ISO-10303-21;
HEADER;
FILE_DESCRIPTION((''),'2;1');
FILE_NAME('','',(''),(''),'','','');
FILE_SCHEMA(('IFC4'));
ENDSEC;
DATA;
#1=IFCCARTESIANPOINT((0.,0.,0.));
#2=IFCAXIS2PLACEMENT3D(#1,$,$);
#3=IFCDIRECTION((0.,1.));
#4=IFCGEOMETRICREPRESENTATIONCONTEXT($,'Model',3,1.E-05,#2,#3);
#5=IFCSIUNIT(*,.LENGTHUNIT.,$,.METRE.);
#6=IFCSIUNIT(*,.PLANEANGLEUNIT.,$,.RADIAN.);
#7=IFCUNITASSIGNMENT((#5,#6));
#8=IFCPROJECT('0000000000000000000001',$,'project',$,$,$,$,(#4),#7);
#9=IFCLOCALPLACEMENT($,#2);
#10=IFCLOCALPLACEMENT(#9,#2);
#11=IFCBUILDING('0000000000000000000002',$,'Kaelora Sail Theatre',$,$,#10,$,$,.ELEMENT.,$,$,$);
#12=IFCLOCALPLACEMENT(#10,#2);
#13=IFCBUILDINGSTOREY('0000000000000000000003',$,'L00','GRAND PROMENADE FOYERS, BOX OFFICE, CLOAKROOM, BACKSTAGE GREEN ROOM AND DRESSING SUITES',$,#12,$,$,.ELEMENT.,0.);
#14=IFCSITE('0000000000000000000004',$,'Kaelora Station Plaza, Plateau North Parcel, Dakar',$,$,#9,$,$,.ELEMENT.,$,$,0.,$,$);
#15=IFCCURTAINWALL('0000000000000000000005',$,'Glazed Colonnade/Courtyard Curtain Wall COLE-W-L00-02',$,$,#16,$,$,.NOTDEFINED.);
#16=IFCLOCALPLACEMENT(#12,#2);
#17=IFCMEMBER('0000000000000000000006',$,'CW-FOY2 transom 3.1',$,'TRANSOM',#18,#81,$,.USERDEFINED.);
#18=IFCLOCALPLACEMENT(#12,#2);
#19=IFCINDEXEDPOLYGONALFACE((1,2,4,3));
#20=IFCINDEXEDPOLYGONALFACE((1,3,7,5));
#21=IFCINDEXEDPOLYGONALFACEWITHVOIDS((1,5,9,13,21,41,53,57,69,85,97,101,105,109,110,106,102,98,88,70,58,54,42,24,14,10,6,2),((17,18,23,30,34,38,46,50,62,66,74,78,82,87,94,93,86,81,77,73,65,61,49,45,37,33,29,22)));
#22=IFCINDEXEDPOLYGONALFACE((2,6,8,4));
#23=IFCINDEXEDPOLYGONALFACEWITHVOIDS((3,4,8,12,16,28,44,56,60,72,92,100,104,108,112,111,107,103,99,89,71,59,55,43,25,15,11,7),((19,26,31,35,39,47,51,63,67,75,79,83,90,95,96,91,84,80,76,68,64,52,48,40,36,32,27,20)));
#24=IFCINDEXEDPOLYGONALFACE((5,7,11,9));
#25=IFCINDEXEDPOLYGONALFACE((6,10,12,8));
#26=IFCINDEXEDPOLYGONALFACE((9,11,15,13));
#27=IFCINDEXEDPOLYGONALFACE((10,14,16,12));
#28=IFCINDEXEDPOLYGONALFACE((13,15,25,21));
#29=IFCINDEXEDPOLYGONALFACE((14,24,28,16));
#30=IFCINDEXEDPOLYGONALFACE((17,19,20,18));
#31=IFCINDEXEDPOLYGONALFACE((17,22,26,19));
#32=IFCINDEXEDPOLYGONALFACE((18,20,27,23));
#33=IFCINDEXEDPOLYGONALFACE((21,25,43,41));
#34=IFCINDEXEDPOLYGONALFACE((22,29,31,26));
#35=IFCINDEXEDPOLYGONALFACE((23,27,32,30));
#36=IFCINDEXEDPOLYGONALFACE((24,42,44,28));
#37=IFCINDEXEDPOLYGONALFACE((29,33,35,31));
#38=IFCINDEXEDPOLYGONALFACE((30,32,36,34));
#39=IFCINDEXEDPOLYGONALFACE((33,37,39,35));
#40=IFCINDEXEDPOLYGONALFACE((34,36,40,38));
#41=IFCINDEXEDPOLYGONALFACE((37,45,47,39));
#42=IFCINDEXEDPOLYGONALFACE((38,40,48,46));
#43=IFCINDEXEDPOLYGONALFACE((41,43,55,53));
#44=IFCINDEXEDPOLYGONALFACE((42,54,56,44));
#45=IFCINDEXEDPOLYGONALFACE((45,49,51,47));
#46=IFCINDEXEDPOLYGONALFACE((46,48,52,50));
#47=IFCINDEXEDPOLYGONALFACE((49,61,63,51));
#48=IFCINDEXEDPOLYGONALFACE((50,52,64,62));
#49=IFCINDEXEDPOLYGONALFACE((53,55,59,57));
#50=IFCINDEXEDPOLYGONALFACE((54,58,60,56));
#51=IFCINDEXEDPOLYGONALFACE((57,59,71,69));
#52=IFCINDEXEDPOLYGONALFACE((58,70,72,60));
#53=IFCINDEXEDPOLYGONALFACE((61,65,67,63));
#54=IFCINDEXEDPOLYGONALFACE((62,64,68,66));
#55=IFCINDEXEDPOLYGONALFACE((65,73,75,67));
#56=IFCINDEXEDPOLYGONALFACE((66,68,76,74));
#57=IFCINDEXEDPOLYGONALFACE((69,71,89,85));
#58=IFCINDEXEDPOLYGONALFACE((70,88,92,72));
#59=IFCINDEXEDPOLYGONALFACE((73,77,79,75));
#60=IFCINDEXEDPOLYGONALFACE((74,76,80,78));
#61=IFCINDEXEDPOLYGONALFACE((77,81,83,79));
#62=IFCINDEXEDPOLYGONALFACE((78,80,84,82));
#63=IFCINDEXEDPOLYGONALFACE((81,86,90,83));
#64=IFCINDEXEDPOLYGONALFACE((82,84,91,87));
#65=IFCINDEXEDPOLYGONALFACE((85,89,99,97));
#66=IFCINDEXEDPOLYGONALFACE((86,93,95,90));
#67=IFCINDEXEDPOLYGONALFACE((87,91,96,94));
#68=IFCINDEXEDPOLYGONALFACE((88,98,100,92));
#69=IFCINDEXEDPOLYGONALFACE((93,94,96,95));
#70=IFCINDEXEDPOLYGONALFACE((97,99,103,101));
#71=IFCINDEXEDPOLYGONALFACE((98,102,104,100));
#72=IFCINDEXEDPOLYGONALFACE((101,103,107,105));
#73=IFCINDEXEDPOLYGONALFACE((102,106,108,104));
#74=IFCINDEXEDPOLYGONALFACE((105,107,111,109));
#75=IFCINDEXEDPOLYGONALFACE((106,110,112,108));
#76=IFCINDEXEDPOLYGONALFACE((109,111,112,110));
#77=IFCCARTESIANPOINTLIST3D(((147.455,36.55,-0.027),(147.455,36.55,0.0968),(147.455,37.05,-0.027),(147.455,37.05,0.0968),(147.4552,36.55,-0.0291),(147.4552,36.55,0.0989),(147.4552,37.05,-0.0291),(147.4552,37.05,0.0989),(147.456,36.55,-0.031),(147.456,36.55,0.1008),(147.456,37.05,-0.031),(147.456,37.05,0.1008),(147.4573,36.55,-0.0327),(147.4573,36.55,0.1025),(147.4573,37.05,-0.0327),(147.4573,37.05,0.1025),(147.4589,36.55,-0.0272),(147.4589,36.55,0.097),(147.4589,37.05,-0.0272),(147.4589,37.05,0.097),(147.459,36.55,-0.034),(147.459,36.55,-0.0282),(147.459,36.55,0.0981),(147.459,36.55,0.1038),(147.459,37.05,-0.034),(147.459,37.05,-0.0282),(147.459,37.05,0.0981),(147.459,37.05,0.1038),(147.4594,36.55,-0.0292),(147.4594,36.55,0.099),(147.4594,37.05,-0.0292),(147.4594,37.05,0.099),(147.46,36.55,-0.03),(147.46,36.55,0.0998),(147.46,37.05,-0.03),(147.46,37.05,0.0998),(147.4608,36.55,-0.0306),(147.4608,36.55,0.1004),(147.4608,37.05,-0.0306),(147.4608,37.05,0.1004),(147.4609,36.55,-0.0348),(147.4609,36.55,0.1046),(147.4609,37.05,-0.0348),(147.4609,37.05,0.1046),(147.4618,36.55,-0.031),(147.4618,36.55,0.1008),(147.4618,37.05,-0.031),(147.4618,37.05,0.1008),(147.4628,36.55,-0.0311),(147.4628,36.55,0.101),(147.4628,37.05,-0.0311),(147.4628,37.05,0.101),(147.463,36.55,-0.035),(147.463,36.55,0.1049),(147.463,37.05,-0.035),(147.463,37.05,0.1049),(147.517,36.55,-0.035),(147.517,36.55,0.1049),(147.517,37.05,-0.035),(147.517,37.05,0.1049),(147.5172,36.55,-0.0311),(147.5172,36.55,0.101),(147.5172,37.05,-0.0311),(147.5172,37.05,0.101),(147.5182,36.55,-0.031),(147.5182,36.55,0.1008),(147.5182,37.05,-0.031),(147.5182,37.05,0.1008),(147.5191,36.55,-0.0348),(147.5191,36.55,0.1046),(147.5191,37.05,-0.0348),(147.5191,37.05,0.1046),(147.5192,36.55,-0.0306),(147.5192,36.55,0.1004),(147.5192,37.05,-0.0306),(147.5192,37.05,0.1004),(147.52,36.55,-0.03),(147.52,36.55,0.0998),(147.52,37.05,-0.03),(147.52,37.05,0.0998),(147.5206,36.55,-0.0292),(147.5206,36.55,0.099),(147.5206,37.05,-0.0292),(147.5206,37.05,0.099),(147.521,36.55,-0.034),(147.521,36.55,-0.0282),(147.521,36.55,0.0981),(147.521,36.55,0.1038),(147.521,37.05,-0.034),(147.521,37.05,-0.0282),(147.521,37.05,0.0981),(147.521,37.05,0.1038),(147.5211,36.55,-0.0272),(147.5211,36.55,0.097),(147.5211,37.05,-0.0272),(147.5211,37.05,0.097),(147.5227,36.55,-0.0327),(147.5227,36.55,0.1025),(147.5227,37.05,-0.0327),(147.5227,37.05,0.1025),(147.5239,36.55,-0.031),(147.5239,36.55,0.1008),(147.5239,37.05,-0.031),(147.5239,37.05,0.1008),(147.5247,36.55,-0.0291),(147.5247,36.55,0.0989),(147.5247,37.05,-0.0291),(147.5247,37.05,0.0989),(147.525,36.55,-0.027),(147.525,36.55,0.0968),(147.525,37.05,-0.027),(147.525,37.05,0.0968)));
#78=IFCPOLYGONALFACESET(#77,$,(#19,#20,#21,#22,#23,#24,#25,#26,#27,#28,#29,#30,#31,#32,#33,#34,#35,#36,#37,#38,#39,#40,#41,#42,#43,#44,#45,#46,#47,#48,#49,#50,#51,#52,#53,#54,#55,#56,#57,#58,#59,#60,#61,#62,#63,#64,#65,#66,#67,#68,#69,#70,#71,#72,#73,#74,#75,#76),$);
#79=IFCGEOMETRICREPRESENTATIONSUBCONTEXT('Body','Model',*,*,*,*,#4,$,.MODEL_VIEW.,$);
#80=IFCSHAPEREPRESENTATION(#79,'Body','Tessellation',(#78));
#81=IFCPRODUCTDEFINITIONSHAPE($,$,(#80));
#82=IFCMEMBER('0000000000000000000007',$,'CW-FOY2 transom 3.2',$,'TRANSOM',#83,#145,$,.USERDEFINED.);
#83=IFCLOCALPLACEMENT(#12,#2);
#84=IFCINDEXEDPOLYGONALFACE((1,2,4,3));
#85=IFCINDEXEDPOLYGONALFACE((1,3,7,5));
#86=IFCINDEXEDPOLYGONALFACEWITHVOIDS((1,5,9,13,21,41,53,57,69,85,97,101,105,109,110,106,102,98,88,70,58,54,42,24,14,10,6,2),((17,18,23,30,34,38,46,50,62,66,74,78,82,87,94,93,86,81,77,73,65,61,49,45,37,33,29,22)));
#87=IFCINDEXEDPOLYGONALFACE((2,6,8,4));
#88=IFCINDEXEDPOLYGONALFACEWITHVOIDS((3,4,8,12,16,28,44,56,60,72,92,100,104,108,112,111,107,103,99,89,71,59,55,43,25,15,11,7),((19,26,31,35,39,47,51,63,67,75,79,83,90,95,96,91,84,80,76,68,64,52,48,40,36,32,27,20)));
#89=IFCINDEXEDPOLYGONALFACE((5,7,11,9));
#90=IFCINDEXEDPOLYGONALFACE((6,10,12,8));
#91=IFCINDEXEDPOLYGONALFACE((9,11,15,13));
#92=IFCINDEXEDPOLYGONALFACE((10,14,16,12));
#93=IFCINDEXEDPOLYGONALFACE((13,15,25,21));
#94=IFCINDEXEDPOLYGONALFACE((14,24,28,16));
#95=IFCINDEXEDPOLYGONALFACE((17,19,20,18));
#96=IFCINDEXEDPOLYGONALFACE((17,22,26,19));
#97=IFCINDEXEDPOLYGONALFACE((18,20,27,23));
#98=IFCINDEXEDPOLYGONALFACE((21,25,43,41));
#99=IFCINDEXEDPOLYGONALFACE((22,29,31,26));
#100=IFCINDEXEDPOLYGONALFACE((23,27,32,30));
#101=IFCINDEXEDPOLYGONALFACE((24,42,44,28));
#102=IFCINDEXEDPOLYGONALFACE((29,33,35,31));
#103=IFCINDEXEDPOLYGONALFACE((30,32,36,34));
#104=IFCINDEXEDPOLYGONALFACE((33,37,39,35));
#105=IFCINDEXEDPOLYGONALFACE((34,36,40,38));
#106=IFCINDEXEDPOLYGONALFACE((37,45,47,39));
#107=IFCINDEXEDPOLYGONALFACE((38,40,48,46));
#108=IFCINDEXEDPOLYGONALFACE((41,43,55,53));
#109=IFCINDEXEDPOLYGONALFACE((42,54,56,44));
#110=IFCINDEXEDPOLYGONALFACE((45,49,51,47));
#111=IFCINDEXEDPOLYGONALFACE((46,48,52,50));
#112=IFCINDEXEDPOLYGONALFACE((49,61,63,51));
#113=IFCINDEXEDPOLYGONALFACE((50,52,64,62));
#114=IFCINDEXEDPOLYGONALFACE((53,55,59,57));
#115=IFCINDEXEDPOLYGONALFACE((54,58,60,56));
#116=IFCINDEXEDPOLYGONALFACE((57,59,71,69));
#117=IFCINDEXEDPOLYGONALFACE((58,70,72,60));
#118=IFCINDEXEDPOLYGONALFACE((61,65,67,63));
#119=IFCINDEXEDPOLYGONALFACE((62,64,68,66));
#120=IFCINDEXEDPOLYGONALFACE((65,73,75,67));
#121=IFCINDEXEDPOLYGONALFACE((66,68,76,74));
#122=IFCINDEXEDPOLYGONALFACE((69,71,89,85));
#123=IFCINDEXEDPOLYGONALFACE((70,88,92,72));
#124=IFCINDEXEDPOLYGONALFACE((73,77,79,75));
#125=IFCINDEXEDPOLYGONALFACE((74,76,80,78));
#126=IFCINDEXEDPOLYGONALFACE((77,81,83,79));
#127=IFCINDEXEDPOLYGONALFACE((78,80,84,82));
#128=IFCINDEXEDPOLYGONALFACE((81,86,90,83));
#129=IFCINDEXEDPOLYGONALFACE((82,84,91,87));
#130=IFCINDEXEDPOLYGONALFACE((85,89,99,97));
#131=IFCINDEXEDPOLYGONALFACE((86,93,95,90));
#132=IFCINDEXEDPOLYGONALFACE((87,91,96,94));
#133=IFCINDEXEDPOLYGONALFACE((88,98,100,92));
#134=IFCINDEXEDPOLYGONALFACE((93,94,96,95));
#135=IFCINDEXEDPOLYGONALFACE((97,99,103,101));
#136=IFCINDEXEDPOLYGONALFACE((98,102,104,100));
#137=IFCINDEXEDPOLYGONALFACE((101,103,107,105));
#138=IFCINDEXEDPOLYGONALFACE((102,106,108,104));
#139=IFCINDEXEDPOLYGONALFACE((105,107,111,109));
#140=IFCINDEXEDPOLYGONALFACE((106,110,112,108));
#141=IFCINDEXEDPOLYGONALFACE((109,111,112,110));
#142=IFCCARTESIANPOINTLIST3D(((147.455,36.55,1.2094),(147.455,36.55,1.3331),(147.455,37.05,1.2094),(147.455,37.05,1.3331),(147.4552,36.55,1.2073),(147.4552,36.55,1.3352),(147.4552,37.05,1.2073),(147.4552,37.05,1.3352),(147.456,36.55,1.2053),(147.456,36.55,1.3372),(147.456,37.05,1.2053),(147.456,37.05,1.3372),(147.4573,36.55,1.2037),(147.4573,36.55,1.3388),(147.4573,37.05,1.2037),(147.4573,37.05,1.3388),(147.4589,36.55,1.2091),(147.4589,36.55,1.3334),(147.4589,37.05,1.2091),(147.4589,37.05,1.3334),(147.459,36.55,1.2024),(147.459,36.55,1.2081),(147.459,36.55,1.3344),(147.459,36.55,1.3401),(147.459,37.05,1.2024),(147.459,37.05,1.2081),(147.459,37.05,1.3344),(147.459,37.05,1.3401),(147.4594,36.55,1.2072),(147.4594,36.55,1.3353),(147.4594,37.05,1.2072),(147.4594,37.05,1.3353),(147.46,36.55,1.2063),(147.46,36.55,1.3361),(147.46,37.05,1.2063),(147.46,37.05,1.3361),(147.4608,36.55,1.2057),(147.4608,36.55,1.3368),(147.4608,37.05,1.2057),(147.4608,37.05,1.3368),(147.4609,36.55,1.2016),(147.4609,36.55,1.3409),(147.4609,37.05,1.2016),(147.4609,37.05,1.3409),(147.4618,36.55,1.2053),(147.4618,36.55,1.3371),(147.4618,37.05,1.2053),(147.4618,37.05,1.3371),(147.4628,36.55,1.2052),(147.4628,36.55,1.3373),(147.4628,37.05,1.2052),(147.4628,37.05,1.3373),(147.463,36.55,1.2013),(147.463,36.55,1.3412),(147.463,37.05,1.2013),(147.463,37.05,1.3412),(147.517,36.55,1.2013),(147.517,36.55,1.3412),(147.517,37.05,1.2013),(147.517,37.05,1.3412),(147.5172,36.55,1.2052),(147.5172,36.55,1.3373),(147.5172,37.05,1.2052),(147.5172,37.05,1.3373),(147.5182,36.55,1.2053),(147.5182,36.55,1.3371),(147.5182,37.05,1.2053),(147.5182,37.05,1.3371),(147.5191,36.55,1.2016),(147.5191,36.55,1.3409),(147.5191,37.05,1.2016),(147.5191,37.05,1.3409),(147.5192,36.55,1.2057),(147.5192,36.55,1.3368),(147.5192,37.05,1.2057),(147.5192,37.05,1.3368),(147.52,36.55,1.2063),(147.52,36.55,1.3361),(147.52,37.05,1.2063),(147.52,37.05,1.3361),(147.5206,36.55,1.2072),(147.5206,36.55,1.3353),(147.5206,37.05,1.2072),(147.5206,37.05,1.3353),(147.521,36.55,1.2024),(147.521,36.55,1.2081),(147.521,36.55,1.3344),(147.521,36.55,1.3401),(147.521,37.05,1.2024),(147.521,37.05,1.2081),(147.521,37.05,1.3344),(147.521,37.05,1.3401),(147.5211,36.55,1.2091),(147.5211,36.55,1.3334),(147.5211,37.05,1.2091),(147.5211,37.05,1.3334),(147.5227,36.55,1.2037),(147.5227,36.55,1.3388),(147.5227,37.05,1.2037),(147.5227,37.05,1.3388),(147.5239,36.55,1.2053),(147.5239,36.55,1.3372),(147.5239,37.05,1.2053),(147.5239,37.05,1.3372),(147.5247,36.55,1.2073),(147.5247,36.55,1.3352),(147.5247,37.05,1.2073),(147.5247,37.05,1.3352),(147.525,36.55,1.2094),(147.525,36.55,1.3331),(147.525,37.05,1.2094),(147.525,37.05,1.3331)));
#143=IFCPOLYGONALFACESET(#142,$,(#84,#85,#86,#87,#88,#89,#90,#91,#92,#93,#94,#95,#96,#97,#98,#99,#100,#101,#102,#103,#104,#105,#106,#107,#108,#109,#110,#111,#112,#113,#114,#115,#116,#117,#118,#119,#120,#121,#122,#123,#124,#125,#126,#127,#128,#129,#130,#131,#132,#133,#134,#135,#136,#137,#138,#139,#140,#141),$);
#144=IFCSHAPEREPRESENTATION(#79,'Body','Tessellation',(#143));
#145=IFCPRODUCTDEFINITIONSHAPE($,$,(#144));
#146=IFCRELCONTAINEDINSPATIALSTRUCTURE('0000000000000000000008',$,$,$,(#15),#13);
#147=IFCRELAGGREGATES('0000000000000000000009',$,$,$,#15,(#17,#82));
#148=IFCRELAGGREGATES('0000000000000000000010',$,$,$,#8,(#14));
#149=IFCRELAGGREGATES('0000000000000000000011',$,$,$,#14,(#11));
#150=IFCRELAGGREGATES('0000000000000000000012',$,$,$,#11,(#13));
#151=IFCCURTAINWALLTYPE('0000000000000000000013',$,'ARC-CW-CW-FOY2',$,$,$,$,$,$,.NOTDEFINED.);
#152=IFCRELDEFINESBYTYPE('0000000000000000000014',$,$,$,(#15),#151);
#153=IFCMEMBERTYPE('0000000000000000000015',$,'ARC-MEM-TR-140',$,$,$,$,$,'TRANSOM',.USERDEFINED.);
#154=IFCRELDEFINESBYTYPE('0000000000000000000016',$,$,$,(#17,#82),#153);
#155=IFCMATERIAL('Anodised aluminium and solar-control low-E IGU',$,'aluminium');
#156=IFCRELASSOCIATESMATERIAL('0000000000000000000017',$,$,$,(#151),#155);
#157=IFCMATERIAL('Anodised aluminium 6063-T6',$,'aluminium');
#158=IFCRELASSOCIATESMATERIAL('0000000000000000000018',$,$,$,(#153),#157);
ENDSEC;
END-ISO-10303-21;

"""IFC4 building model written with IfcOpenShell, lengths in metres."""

from ifc_helpers import new_model, si_unit, direction, frame, origin, origin_2d, place, context, subcontext, project, spatial, hollow_rectangle, extrude, material, material_profile, profile_set, type_object, element, aggregate, save


model = new_model("IFC4")

# Units and contexts
model_context = context("Model", 3, precision=1e-05, world=origin(), true_north=direction((0.0, 1.0)))
body_context = subcontext(model_context, "Body", "Model", "MODEL_VIEW")
ifc_project = project(units=[si_unit("LENGTHUNIT", "METRE"), si_unit("PLANEANGLEUNIT", "RADIAN")], contexts=[model_context])

# Site, building, storey
site_placement = place(None, origin())
site = spatial("IfcSite", under=ifc_project, at=site_placement, Name="Kaelora Station Plaza, Plateau North Parcel, Dakar", CompositionType="ELEMENT", RefElevation=0.0)
building_placement = place(site_placement, origin())
building = spatial("IfcBuilding", under=site, at=building_placement, Name="Kaelora Sail Theatre", CompositionType="ELEMENT")
storey_placement = place(building_placement, origin())
storey = spatial("IfcBuildingStorey", under=building, at=storey_placement, Name="L00", Description="GRAND PROMENADE FOYERS, BOX OFFICE, CLOAKROOM, BACKSTAGE GREEN ROOM AND DRESSING SUITES", CompositionType="ELEMENT", Elevation=0.0)

# Shared definitions
ifc_material_1 = material(Name="Anodised aluminium and solar-control low-E IGU", Category="aluminium")
curtain_wall_type = type_object("IfcCurtainWallType", Name="ARC-CW-CW-FOY2", PredefinedType="NOTDEFINED", material=ifc_material_1)

# Curtain wall
curtain_wall_1_placement = place(storey_placement, origin())
curtain_wall_1 = element("IfcCurtainWall", 1, at=curtain_wall_1_placement, inside=storey, type_object=curtain_wall_type, Name="Glazed Colonnade/Courtyard Curtain Wall COLE-W-L00-02", PredefinedType="NOTDEFINED")

# Members
ifc_material_2 = material(Name="Anodised aluminium 6063-T6", Category="aluminium")
ifc_material_profile_1 = material_profile(ifc_material_2, hollow_rectangle(XDim=0.0701, YDim=0.1399, WallThickness=0.0039, InnerFilletRadius=0.0039, OuterFilletRadius=0.0081, at=origin_2d()), Name="ALU-TRAN 70x140x4")
ifc_profile_set_1 = profile_set([ifc_material_profile_1], Name="Anodised aluminium 6063-T6")
member_type_1 = type_object("IfcMemberType", Name="ARC-MEM-TR-140", ElementType="TRANSOM", PredefinedType="USERDEFINED", material=ifc_profile_set_1)
member_1_placement = place(storey_placement, frame((147.49, 36.55, 0.0349), z_axis=(0.0, 1.0, 0.0), x_axis=(-1.0, 0.0, 0.0)))
member_1 = element("IfcMember", 2, at=member_1_placement, type_object=member_type_1, Name="CW-FOY2 transom 3.1", ObjectType="TRANSOM", PredefinedType="USERDEFINED", context=body_context, shape_type="SweptSolid", body=[
    extrude(hollow_rectangle(XDim=0.0701, YDim=0.1399, WallThickness=0.0039, InnerFilletRadius=0.0039, OuterFilletRadius=0.0081, at=origin_2d()), origin(), (0.0, 0.0, 1.0), 0.5),
])
member_2_placement = place(storey_placement, frame((147.49, 36.55, 1.2712), z_axis=(0.0, 1.0, 0.0), x_axis=(-1.0, 0.0, 0.0)))
member_2 = element("IfcMember", 3, at=member_2_placement, type_object=member_type_1, Name="CW-FOY2 transom 3.2", ObjectType="TRANSOM", PredefinedType="USERDEFINED", context=body_context, shape_type="SweptSolid", body=[
    extrude(hollow_rectangle(XDim=0.0701, YDim=0.1399, WallThickness=0.0039, InnerFilletRadius=0.0039, OuterFilletRadius=0.0081, at=origin_2d()), origin(), (0.0, 0.0, 1.0), 0.5),
])

aggregate(curtain_wall_1, [member_1, member_2])

save(model, "model.ifc")
